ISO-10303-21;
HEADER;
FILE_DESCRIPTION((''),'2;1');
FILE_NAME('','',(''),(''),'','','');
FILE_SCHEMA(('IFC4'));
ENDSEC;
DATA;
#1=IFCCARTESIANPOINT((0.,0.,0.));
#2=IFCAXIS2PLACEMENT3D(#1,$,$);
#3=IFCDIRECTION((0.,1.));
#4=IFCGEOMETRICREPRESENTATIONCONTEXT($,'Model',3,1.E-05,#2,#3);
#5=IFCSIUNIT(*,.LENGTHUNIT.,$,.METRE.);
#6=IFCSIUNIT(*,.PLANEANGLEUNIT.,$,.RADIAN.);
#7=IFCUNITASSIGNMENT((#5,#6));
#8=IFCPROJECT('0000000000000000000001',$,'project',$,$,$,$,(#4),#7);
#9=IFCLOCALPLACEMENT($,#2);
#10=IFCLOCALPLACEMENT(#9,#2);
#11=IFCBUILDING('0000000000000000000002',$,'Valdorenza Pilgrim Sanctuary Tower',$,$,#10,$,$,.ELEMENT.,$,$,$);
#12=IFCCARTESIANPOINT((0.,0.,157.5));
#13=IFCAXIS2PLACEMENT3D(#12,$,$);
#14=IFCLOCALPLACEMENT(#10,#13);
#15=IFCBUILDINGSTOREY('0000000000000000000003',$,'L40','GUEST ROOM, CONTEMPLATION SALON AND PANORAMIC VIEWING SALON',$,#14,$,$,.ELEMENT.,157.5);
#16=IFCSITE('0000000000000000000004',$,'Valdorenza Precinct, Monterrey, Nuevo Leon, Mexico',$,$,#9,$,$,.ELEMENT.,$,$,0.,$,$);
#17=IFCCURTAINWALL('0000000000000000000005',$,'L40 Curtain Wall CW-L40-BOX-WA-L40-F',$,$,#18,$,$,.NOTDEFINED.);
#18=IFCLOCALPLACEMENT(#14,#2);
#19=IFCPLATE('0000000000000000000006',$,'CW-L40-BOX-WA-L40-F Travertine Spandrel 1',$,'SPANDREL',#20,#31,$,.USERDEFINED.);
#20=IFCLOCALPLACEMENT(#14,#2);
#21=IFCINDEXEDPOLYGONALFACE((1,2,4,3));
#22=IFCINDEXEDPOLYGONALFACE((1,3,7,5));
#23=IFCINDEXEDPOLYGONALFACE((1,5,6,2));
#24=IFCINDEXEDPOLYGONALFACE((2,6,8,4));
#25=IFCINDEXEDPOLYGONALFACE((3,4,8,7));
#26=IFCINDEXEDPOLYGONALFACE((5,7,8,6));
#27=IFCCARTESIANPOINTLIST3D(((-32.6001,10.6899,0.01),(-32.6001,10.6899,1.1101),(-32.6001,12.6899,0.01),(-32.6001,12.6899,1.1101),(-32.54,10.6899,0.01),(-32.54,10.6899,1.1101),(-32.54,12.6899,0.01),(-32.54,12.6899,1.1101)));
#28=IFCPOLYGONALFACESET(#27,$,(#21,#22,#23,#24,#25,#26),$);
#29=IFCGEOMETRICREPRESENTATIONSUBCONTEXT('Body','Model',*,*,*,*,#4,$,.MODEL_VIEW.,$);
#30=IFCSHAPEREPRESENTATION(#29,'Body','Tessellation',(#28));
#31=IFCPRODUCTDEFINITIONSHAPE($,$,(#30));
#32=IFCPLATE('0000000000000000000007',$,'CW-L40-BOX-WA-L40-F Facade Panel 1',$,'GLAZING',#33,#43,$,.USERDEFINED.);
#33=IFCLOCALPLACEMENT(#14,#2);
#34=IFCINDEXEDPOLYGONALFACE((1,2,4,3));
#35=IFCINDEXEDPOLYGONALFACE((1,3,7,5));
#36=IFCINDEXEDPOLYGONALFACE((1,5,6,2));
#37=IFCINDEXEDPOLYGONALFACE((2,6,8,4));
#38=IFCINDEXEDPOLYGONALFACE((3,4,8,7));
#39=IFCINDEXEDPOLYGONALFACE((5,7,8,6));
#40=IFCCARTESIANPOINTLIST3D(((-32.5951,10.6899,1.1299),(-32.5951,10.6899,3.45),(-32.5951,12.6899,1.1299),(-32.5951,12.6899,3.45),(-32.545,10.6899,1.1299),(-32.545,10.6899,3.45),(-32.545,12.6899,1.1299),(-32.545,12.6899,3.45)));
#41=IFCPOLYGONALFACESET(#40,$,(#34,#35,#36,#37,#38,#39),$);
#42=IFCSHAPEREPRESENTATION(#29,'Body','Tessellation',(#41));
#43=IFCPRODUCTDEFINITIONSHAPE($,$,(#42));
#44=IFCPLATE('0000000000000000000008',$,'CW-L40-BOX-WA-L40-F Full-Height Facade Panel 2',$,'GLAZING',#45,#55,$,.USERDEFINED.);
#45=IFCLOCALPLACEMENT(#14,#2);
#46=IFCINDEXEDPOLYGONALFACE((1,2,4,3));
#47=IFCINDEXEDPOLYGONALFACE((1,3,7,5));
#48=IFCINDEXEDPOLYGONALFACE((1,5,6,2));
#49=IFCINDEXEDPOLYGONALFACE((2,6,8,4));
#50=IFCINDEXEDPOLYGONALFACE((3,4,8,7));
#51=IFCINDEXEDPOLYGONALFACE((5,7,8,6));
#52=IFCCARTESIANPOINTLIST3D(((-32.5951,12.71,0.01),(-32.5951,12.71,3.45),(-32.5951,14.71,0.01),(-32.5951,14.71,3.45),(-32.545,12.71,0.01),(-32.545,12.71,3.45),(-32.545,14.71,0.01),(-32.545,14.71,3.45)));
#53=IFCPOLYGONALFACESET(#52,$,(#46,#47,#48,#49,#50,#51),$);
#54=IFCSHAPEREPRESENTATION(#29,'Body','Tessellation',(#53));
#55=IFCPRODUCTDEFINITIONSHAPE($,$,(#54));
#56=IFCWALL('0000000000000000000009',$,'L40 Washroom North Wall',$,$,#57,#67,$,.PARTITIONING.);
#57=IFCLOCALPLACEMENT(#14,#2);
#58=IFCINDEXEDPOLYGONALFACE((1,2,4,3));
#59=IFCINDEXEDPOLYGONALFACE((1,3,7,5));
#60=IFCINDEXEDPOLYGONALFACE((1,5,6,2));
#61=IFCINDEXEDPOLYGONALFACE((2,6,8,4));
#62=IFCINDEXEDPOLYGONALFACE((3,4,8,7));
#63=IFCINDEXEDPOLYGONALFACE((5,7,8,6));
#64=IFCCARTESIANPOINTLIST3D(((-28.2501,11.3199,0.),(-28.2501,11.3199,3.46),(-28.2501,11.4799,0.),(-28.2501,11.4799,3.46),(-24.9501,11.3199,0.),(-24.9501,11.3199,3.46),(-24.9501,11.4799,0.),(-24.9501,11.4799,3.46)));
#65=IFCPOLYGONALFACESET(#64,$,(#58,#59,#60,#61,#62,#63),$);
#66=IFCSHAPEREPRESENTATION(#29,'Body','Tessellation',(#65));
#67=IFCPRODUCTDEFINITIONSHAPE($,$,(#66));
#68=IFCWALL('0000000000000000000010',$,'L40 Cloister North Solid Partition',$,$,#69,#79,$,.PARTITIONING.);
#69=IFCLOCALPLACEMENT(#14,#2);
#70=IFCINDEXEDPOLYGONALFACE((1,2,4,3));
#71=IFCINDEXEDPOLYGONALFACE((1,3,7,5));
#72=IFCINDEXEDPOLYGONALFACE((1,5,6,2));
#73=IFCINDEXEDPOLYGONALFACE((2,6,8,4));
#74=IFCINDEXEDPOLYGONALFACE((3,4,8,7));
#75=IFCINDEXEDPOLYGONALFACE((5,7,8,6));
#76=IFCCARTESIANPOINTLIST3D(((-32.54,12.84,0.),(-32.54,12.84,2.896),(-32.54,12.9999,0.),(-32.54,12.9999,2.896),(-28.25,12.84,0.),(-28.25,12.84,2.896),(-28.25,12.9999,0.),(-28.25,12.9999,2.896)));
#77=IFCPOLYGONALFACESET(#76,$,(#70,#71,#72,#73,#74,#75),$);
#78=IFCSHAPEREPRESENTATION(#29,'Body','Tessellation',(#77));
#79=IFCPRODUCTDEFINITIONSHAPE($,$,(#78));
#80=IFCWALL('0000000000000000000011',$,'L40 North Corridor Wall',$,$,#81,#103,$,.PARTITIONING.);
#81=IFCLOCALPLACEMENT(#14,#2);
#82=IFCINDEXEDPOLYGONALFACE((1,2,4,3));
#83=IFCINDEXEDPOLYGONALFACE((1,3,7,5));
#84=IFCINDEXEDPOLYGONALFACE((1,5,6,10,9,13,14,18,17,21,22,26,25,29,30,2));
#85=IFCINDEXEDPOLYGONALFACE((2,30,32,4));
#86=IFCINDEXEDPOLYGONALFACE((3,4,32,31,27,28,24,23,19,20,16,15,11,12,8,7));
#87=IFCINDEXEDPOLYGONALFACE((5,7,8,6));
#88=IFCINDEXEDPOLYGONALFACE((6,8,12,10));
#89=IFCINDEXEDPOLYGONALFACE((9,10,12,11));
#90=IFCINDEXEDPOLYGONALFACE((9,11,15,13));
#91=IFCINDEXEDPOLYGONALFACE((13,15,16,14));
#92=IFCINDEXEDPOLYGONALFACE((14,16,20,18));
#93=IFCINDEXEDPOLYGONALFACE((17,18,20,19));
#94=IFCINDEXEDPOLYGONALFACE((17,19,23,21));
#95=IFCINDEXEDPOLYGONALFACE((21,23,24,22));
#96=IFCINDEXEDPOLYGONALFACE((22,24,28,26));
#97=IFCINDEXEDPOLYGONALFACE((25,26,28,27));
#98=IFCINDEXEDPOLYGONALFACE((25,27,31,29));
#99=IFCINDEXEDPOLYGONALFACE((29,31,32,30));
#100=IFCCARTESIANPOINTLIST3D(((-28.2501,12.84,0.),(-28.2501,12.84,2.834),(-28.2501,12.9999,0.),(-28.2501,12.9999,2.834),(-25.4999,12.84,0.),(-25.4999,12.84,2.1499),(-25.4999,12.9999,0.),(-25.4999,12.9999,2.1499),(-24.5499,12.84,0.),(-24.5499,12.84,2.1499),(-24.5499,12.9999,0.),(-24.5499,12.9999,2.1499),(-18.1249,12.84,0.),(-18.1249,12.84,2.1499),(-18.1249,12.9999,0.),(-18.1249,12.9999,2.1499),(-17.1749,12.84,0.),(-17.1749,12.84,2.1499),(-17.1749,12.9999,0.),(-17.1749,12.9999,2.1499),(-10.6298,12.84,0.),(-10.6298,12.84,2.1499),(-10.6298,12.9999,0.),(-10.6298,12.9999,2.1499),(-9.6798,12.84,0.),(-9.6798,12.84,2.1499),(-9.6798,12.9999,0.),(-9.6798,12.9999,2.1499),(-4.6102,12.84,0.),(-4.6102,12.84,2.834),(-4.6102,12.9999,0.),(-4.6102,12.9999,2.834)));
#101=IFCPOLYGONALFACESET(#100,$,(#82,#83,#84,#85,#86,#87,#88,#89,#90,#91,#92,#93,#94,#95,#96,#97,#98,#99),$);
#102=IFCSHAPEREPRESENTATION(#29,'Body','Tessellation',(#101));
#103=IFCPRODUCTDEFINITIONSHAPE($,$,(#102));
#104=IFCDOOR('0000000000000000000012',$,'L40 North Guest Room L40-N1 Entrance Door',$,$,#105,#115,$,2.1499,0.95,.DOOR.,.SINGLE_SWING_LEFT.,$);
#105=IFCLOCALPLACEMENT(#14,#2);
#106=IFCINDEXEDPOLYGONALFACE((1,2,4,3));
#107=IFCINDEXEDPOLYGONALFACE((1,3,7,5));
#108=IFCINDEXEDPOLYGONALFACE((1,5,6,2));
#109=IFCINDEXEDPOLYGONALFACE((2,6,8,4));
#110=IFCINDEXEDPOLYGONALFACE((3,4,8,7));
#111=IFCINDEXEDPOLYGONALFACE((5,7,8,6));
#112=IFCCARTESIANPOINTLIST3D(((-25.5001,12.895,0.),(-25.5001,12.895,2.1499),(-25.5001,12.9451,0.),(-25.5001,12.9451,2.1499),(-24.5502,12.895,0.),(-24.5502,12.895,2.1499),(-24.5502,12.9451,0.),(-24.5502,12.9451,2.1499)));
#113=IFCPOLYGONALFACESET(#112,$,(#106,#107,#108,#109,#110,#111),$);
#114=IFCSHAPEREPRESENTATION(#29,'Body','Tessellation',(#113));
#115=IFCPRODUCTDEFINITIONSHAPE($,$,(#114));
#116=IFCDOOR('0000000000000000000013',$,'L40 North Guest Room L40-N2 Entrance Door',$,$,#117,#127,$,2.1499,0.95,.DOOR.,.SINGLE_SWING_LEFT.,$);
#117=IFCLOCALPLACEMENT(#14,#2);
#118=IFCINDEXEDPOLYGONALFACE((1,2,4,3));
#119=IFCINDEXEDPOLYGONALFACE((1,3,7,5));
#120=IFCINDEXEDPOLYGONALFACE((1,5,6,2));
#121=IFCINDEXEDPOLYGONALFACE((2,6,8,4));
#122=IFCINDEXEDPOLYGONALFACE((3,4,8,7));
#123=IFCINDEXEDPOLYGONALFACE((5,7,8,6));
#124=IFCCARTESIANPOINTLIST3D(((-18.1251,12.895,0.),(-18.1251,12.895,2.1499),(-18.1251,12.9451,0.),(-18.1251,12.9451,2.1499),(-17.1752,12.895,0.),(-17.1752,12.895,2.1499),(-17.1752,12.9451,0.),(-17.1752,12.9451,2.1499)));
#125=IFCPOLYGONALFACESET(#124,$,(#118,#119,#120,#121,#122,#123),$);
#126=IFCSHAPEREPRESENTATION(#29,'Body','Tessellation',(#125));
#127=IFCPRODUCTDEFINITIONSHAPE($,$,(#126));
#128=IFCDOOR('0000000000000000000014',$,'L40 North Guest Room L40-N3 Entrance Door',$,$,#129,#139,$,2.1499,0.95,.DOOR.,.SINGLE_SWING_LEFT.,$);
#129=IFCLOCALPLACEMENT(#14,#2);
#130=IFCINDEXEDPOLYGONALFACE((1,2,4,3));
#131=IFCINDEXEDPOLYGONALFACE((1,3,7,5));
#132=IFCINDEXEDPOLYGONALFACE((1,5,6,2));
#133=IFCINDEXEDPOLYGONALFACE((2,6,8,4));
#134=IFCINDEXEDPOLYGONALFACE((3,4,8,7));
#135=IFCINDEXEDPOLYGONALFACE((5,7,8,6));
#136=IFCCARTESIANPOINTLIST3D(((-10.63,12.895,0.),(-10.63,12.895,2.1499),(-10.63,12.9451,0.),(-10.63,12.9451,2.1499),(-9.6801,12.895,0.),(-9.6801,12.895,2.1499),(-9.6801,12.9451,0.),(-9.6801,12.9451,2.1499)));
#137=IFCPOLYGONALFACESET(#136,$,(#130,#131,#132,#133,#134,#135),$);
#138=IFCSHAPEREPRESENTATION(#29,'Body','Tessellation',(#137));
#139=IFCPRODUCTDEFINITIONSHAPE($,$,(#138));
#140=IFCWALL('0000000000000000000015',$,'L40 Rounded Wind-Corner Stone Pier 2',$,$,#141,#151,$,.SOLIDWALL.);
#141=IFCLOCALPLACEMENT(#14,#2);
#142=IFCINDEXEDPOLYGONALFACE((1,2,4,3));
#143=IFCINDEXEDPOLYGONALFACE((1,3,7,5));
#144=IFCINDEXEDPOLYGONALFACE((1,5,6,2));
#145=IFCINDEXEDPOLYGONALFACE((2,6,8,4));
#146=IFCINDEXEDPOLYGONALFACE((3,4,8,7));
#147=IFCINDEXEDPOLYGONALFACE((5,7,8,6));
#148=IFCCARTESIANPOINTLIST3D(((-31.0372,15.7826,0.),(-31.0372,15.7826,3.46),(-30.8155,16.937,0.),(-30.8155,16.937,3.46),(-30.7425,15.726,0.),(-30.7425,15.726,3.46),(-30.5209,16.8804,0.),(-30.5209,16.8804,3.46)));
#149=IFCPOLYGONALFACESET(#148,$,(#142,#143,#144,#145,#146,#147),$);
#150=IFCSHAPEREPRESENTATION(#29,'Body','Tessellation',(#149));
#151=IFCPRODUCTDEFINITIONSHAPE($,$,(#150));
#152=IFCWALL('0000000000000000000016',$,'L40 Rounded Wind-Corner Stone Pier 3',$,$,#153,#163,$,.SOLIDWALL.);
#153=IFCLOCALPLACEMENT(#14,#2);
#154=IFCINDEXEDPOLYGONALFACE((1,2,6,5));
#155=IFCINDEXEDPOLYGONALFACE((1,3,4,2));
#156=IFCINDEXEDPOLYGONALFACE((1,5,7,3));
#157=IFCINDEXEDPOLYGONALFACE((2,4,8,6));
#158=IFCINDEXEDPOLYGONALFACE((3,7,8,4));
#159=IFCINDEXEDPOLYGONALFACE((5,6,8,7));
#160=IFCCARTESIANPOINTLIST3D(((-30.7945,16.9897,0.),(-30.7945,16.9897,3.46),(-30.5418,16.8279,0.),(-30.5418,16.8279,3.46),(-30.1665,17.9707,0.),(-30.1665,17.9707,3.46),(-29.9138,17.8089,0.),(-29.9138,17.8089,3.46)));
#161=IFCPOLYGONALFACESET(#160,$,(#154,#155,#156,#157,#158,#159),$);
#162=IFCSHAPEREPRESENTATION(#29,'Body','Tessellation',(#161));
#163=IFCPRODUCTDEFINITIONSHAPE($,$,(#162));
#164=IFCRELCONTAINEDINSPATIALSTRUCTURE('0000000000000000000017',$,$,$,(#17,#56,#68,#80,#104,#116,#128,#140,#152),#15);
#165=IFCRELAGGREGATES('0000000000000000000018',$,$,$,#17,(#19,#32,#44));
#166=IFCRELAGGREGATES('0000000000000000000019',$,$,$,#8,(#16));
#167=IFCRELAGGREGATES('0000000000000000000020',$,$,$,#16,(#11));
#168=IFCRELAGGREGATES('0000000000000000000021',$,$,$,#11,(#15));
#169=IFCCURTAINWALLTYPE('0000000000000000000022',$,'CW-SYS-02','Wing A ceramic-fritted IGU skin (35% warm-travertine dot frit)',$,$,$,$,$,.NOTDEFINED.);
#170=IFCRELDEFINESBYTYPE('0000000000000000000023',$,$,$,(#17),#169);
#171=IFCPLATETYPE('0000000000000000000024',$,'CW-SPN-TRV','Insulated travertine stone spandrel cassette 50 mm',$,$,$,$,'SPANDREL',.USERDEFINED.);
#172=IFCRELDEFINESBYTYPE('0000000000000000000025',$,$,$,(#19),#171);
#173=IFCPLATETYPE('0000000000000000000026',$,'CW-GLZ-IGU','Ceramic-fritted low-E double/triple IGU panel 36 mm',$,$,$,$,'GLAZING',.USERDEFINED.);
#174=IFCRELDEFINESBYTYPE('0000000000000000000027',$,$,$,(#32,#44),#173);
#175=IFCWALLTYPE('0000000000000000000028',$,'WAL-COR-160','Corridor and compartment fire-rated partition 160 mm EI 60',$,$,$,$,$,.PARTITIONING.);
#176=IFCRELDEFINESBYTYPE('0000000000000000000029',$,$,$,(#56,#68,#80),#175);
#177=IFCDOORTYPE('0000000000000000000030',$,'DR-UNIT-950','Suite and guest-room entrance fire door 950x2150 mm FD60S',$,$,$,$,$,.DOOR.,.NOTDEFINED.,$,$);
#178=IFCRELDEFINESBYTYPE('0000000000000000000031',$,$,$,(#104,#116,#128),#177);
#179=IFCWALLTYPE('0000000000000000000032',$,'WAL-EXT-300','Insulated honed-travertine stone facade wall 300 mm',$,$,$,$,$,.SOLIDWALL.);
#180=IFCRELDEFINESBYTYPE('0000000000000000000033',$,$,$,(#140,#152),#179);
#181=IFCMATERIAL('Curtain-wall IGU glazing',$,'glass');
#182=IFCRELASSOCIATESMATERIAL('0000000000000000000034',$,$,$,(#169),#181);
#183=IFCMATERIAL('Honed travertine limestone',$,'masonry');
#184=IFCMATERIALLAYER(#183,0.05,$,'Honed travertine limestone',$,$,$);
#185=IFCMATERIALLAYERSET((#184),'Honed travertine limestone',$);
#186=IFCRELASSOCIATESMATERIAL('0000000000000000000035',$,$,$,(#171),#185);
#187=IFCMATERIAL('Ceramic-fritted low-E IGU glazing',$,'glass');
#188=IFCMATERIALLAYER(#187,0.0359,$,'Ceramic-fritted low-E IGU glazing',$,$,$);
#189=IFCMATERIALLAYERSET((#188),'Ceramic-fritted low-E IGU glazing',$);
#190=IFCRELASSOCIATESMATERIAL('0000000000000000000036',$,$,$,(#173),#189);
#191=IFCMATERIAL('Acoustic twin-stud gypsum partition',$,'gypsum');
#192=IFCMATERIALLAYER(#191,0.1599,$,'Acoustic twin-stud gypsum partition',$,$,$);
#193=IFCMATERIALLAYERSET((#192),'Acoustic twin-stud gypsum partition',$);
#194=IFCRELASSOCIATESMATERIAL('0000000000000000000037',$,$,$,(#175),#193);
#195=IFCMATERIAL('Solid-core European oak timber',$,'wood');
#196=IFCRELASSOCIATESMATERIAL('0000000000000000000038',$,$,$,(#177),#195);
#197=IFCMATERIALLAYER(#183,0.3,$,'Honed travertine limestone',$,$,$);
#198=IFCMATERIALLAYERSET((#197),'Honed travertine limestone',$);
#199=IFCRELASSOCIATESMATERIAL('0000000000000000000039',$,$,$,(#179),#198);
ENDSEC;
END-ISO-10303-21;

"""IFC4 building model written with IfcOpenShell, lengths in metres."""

from ifc_helpers import new_model, si_unit, direction, frame, frame_2d, origin, origin_2d, place, context, subcontext, project, spatial, rectangle, extrude, source, transform, mapped, material, layer, layer_set, type_object, element, fill, aggregate, save


model = new_model("IFC4")

# Units and contexts
model_context = context("Model", 3, precision=1e-05, world=origin(), true_north=direction((0.0, 1.0)))
body_context = subcontext(model_context, "Body", "Model", "MODEL_VIEW")
ifc_project = project(units=[si_unit("LENGTHUNIT", "METRE"), si_unit("PLANEANGLEUNIT", "RADIAN")], contexts=[model_context])

# Site, building, storey
site_placement = place(None, origin())
site = spatial("IfcSite", under=ifc_project, at=site_placement, Name="Valdorenza Precinct, Monterrey, Nuevo Leon, Mexico", CompositionType="ELEMENT", RefElevation=0.0)
building_placement = place(site_placement, origin())
building = spatial("IfcBuilding", under=site, at=building_placement, Name="Valdorenza Pilgrim Sanctuary Tower", CompositionType="ELEMENT")
storey_placement = place(building_placement, frame((0.0, 0.0, 157.5)))
storey = spatial("IfcBuildingStorey", under=building, at=storey_placement, Name="L40", Description="GUEST ROOM, CONTEMPLATION SALON AND PANORAMIC VIEWING SALON", CompositionType="ELEMENT", Elevation=157.5)

# Shared definitions
ifc_material_1 = material(Name="Curtain-wall IGU glazing", Category="glass")
curtain_wall_type = type_object("IfcCurtainWallType", Name="CW-SYS-02", Description="Wing A ceramic-fritted IGU skin (35% warm-travertine dot frit)", PredefinedType="NOTDEFINED", material=ifc_material_1)

# Curtain wall
curtain_wall_1_placement = place(storey_placement, origin())
curtain_wall_1 = element("IfcCurtainWall", 1, at=curtain_wall_1_placement, inside=storey, type_object=curtain_wall_type, Name="L40 Curtain Wall CW-L40-BOX-WA-L40-F", PredefinedType="NOTDEFINED")

# Plates
ifc_material_2 = material(Name="Honed travertine limestone", Category="masonry")
ifc_layer_1 = layer(ifc_material_2, 0.05, Name="Honed travertine limestone")
ifc_layer_set_1 = layer_set([ifc_layer_1], Name="Honed travertine limestone")
plate_type_1 = type_object("IfcPlateType", Name="CW-SPN-TRV", Description="Insulated travertine stone spandrel cassette 50 mm", ElementType="SPANDREL", PredefinedType="USERDEFINED", material=ifc_layer_set_1)
ifc_material_3 = material(Name="Ceramic-fritted low-E IGU glazing", Category="glass")
ifc_layer_2 = layer(ifc_material_3, 0.0359, Name="Ceramic-fritted low-E IGU glazing")
ifc_layer_set_2 = layer_set([ifc_layer_2], Name="Ceramic-fritted low-E IGU glazing")
plate_type_2 = type_object("IfcPlateType", Name="CW-GLZ-IGU", Description="Ceramic-fritted low-E double/triple IGU panel 36 mm", ElementType="GLAZING", PredefinedType="USERDEFINED", material=ifc_layer_set_2)
shared_shape_1 = source(origin(), body_context, "Body", "SweptSolid", [
    extrude(rectangle(XDim=2.0, YDim=0.0601, at=origin_2d()), origin(), (0.0, 0.0, 1.0), 1.1001),
])
plate_1_placement = place(storey_placement, frame((-32.5701, 11.6899, 0.01), z_axis=(0.0, 0.0, 1.0), x_axis=(0.0, 1.0, 0.0)))
plate_1 = element("IfcPlate", 2, at=plate_1_placement, type_object=plate_type_1, Name="CW-L40-BOX-WA-L40-F Travertine Spandrel 1", ObjectType="SPANDREL", PredefinedType="USERDEFINED", context=body_context, shape_type="MappedRepresentation", body=[
    mapped(shared_shape_1, transform((0.0, 0.0, 0.0), x_axis=(1.0, 0.0, 0.0), y_axis=(0.0, 1.0, 0.0), z_axis=(0.0, 0.0, 1.0), scale=1.0)),
])
shared_shape_2 = source(origin(), body_context, "Body", "SweptSolid", [
    extrude(rectangle(XDim=2.0, YDim=0.05, at=origin_2d()), origin(), (0.0, 0.0, 1.0), 2.3201),
])
plate_2_placement = place(storey_placement, frame((-32.5701, 11.6899, 1.1299), z_axis=(0.0, 0.0, 1.0), x_axis=(0.0, 1.0, 0.0)))
plate_2 = element("IfcPlate", 3, at=plate_2_placement, type_object=plate_type_2, Name="CW-L40-BOX-WA-L40-F Facade Panel 1", ObjectType="GLAZING", PredefinedType="USERDEFINED", context=body_context, shape_type="MappedRepresentation", body=[
    mapped(shared_shape_2, transform((0.0, 0.0, 0.0), x_axis=(1.0, 0.0, 0.0), y_axis=(0.0, 1.0, 0.0), z_axis=(0.0, 0.0, 1.0), scale=1.0)),
])
shared_shape_3 = source(origin(), body_context, "Body", "SweptSolid", [
    extrude(rectangle(XDim=2.0, YDim=0.05, at=origin_2d()), origin(), (0.0, 0.0, 1.0), 3.4399),
])
plate_3_placement = place(storey_placement, frame((-32.5701, 13.71, 0.01), z_axis=(0.0, 0.0, 1.0), x_axis=(0.0, 1.0, 0.0)))
plate_3 = element("IfcPlate", 4, at=plate_3_placement, type_object=plate_type_2, Name="CW-L40-BOX-WA-L40-F Full-Height Facade Panel 2", ObjectType="GLAZING", PredefinedType="USERDEFINED", context=body_context, shape_type="MappedRepresentation", body=[
    mapped(shared_shape_3, transform((0.0, 0.0, 0.0), x_axis=(1.0, 0.0, 0.0), y_axis=(0.0, 1.0, 0.0), z_axis=(0.0, 0.0, 1.0), scale=1.0)),
])
aggregate(curtain_wall_1, [plate_1, plate_2, plate_3])

# Walls
ifc_material_4 = material(Name="Acoustic twin-stud gypsum partition", Category="gypsum")
ifc_layer_3 = layer(ifc_material_4, 0.1599, Name="Acoustic twin-stud gypsum partition")
ifc_layer_set_3 = layer_set([ifc_layer_3], Name="Acoustic twin-stud gypsum partition")
wall_type_1 = type_object("IfcWallType", Name="WAL-COR-160", Description="Corridor and compartment fire-rated partition 160 mm EI 60", PredefinedType="PARTITIONING", material=ifc_layer_set_3)
wall_1_placement = place(storey_placement, frame((-28.25, 11.3999, 0.0), z_axis=(0.0, 0.0, 1.0), x_axis=(1.0, 0.0, 0.0)))
element("IfcWall", 5, at=wall_1_placement, inside=storey, type_object=wall_type_1, Name="L40 Washroom North Wall", PredefinedType="PARTITIONING", context=body_context, shape_type="SweptSolid", body=[
    extrude(rectangle(XDim=3.3, YDim=0.1599, at=frame_2d((1.6499, 0.0))), origin(), (0.0, 0.0, 1.0), 3.46),
])
wall_2_placement = place(storey_placement, frame((-32.54, 12.9199, 0.0), z_axis=(0.0, 0.0, 1.0), x_axis=(1.0, 0.0, 0.0)))
element("IfcWall", 6, at=wall_2_placement, inside=storey, type_object=wall_type_1, Name="L40 Cloister North Solid Partition", PredefinedType="PARTITIONING", context=body_context, shape_type="SweptSolid", body=[
    extrude(rectangle(XDim=4.29, YDim=0.1599, at=frame_2d((2.145, 0.0))), origin(), (0.0, 0.0, 1.0), 2.896),
])

# Wall, openings, doors
wall_3_placement = place(storey_placement, frame((-28.25, 12.9199, 0.0), z_axis=(0.0, 0.0, 1.0), x_axis=(1.0, 0.0, 0.0)))
wall_3 = element("IfcWall", 7, at=wall_3_placement, inside=storey, type_object=wall_type_1, Name="L40 North Corridor Wall", PredefinedType="PARTITIONING", context=body_context, shape_type="SweptSolid", body=[
    extrude(rectangle(XDim=23.6399, YDim=0.1599, at=frame_2d((11.8198, 0.0))), origin(), (0.0, 0.0, 1.0), 2.834),
])
opening_1_placement = place(wall_3_placement, frame((2.75, 0.0, 0.0)))
opening_1 = element("IfcOpeningElement", 8, at=opening_1_placement, cuts=wall_3, PredefinedType="OPENING", context=body_context, shape_type="SweptSolid", body=[
    extrude(rectangle(XDim=0.95, YDim=2.1499, at=frame_2d((0.4751, 1.075))), frame((0.0, 0.0947, 0.0), z_axis=(0.0, -1.0, 0.0), x_axis=(1.0, 0.0, 0.0)), (0.0, 0.0, 1.0), 0.1897),
])
opening_2_placement = place(wall_3_placement, frame((10.125, 0.0, 0.0)))
opening_2 = element("IfcOpeningElement", 9, at=opening_2_placement, cuts=wall_3, PredefinedType="OPENING", context=body_context, shape_type="SweptSolid", body=[
    extrude(rectangle(XDim=0.95, YDim=2.1499, at=frame_2d((0.4751, 1.075))), frame((0.0, 0.0947, 0.0), z_axis=(0.0, -1.0, 0.0), x_axis=(1.0, 0.0, 0.0)), (0.0, 0.0, 1.0), 0.1897),
])
opening_3_placement = place(wall_3_placement, frame((17.6201, 0.0, 0.0)))
opening_3 = element("IfcOpeningElement", 10, at=opening_3_placement, cuts=wall_3, PredefinedType="OPENING", context=body_context, shape_type="SweptSolid", body=[
    extrude(rectangle(XDim=0.95, YDim=2.1499, at=frame_2d((0.4751, 1.075))), frame((0.0, 0.0947, 0.0), z_axis=(0.0, -1.0, 0.0), x_axis=(1.0, 0.0, 0.0)), (0.0, 0.0, 1.0), 0.1897),
])
ifc_material_5 = material(Name="Solid-core European oak timber", Category="wood")
door_type = type_object("IfcDoorType", Name="DR-UNIT-950", Description="Suite and guest-room entrance fire door 950x2150 mm FD60S", OperationType="NOTDEFINED", PredefinedType="DOOR", material=ifc_material_5)
door_1_placement = place(opening_1_placement, frame((0.95, 0.0, 0.0), z_axis=(0.0, 0.0, 1.0), x_axis=(-1.0, 0.0, 0.0)))
door_1 = element("IfcDoor", 11, at=door_1_placement, inside=storey, type_object=door_type, Name="L40 North Guest Room L40-N1 Entrance Door", OperationType="SINGLE_SWING_LEFT", OverallHeight=2.1499, OverallWidth=0.95, PredefinedType="DOOR", context=body_context, shape_type="SweptSolid", body=[
    extrude(rectangle(XDim=0.95, YDim=2.1499, at=frame_2d((0.4751, 1.075))), frame((0.0, 0.0249, 0.0), z_axis=(0.0, -1.0, 0.0), x_axis=(1.0, 0.0, 0.0)), (0.0, 0.0, 1.0), 0.05),
])
fill(opening_1, door_1)
door_2_placement = place(opening_2_placement, frame((0.95, 0.0, 0.0), z_axis=(0.0, 0.0, 1.0), x_axis=(-1.0, 0.0, 0.0)))
door_2 = element("IfcDoor", 12, at=door_2_placement, inside=storey, type_object=door_type, Name="L40 North Guest Room L40-N2 Entrance Door", OperationType="SINGLE_SWING_LEFT", OverallHeight=2.1499, OverallWidth=0.95, PredefinedType="DOOR", context=body_context, shape_type="SweptSolid", body=[
    extrude(rectangle(XDim=0.95, YDim=2.1499, at=frame_2d((0.4751, 1.075))), frame((0.0, 0.0249, 0.0), z_axis=(0.0, -1.0, 0.0), x_axis=(1.0, 0.0, 0.0)), (0.0, 0.0, 1.0), 0.05),
])
fill(opening_2, door_2)
door_3_placement = place(opening_3_placement, frame((0.95, 0.0, 0.0), z_axis=(0.0, 0.0, 1.0), x_axis=(-1.0, 0.0, 0.0)))
door_3 = element("IfcDoor", 13, at=door_3_placement, inside=storey, type_object=door_type, Name="L40 North Guest Room L40-N3 Entrance Door", OperationType="SINGLE_SWING_LEFT", OverallHeight=2.1499, OverallWidth=0.95, PredefinedType="DOOR", context=body_context, shape_type="SweptSolid", body=[
    extrude(rectangle(XDim=0.95, YDim=2.1499, at=frame_2d((0.4751, 1.075))), frame((0.0, 0.0249, 0.0), z_axis=(0.0, -1.0, 0.0), x_axis=(1.0, 0.0, 0.0)), (0.0, 0.0, 1.0), 0.05),
])
fill(opening_3, door_3)

# Walls
ifc_layer_4 = layer(ifc_material_2, 0.3, Name="Honed travertine limestone")
ifc_layer_set_4 = layer_set([ifc_layer_4], Name="Honed travertine limestone")
wall_type_2 = type_object("IfcWallType", Name="WAL-EXT-300", Description="Insulated honed-travertine stone facade wall 300 mm", PredefinedType="SOLIDWALL", material=ifc_layer_set_4)
wall_4_placement = place(storey_placement, frame((-30.8899, 15.7542, 0.0), z_axis=(0.0, 0.0, 1.0), x_axis=(0.188562, 0.982061, 0.0)))
element("IfcWall", 14, at=wall_4_placement, inside=storey, type_object=wall_type_2, Name="L40 Rounded Wind-Corner Stone Pier 2", PredefinedType="SOLIDWALL", context=body_context, shape_type="SweptSolid", body=[
    extrude(rectangle(XDim=1.1755, YDim=0.3, at=frame_2d((0.5879, 0.0))), origin(), (0.0, 0.0, 1.0), 3.46),
])
for number, where, z_axis, x_axis, name in (
    (15, (-30.6682, 16.9087, 0.0), (0.0, 0.0, 1.0), (0.539125, 0.842226, 0.0), "L40 Rounded Wind-Corner Stone Pier 3"),
):
    element("IfcWall", number, at=place(storey_placement, frame(where, z_axis=z_axis, x_axis=x_axis)), inside=storey, type_object=wall_type_2, Name=name, PredefinedType="SOLIDWALL", context=body_context, shape_type="SweptSolid", body=[
        extrude(rectangle(XDim=1.1648, YDim=0.3, at=frame_2d((0.5825, 0.0))), origin(), (0.0, 0.0, 1.0), 3.46),
    ])

save(model, "model.ifc")
